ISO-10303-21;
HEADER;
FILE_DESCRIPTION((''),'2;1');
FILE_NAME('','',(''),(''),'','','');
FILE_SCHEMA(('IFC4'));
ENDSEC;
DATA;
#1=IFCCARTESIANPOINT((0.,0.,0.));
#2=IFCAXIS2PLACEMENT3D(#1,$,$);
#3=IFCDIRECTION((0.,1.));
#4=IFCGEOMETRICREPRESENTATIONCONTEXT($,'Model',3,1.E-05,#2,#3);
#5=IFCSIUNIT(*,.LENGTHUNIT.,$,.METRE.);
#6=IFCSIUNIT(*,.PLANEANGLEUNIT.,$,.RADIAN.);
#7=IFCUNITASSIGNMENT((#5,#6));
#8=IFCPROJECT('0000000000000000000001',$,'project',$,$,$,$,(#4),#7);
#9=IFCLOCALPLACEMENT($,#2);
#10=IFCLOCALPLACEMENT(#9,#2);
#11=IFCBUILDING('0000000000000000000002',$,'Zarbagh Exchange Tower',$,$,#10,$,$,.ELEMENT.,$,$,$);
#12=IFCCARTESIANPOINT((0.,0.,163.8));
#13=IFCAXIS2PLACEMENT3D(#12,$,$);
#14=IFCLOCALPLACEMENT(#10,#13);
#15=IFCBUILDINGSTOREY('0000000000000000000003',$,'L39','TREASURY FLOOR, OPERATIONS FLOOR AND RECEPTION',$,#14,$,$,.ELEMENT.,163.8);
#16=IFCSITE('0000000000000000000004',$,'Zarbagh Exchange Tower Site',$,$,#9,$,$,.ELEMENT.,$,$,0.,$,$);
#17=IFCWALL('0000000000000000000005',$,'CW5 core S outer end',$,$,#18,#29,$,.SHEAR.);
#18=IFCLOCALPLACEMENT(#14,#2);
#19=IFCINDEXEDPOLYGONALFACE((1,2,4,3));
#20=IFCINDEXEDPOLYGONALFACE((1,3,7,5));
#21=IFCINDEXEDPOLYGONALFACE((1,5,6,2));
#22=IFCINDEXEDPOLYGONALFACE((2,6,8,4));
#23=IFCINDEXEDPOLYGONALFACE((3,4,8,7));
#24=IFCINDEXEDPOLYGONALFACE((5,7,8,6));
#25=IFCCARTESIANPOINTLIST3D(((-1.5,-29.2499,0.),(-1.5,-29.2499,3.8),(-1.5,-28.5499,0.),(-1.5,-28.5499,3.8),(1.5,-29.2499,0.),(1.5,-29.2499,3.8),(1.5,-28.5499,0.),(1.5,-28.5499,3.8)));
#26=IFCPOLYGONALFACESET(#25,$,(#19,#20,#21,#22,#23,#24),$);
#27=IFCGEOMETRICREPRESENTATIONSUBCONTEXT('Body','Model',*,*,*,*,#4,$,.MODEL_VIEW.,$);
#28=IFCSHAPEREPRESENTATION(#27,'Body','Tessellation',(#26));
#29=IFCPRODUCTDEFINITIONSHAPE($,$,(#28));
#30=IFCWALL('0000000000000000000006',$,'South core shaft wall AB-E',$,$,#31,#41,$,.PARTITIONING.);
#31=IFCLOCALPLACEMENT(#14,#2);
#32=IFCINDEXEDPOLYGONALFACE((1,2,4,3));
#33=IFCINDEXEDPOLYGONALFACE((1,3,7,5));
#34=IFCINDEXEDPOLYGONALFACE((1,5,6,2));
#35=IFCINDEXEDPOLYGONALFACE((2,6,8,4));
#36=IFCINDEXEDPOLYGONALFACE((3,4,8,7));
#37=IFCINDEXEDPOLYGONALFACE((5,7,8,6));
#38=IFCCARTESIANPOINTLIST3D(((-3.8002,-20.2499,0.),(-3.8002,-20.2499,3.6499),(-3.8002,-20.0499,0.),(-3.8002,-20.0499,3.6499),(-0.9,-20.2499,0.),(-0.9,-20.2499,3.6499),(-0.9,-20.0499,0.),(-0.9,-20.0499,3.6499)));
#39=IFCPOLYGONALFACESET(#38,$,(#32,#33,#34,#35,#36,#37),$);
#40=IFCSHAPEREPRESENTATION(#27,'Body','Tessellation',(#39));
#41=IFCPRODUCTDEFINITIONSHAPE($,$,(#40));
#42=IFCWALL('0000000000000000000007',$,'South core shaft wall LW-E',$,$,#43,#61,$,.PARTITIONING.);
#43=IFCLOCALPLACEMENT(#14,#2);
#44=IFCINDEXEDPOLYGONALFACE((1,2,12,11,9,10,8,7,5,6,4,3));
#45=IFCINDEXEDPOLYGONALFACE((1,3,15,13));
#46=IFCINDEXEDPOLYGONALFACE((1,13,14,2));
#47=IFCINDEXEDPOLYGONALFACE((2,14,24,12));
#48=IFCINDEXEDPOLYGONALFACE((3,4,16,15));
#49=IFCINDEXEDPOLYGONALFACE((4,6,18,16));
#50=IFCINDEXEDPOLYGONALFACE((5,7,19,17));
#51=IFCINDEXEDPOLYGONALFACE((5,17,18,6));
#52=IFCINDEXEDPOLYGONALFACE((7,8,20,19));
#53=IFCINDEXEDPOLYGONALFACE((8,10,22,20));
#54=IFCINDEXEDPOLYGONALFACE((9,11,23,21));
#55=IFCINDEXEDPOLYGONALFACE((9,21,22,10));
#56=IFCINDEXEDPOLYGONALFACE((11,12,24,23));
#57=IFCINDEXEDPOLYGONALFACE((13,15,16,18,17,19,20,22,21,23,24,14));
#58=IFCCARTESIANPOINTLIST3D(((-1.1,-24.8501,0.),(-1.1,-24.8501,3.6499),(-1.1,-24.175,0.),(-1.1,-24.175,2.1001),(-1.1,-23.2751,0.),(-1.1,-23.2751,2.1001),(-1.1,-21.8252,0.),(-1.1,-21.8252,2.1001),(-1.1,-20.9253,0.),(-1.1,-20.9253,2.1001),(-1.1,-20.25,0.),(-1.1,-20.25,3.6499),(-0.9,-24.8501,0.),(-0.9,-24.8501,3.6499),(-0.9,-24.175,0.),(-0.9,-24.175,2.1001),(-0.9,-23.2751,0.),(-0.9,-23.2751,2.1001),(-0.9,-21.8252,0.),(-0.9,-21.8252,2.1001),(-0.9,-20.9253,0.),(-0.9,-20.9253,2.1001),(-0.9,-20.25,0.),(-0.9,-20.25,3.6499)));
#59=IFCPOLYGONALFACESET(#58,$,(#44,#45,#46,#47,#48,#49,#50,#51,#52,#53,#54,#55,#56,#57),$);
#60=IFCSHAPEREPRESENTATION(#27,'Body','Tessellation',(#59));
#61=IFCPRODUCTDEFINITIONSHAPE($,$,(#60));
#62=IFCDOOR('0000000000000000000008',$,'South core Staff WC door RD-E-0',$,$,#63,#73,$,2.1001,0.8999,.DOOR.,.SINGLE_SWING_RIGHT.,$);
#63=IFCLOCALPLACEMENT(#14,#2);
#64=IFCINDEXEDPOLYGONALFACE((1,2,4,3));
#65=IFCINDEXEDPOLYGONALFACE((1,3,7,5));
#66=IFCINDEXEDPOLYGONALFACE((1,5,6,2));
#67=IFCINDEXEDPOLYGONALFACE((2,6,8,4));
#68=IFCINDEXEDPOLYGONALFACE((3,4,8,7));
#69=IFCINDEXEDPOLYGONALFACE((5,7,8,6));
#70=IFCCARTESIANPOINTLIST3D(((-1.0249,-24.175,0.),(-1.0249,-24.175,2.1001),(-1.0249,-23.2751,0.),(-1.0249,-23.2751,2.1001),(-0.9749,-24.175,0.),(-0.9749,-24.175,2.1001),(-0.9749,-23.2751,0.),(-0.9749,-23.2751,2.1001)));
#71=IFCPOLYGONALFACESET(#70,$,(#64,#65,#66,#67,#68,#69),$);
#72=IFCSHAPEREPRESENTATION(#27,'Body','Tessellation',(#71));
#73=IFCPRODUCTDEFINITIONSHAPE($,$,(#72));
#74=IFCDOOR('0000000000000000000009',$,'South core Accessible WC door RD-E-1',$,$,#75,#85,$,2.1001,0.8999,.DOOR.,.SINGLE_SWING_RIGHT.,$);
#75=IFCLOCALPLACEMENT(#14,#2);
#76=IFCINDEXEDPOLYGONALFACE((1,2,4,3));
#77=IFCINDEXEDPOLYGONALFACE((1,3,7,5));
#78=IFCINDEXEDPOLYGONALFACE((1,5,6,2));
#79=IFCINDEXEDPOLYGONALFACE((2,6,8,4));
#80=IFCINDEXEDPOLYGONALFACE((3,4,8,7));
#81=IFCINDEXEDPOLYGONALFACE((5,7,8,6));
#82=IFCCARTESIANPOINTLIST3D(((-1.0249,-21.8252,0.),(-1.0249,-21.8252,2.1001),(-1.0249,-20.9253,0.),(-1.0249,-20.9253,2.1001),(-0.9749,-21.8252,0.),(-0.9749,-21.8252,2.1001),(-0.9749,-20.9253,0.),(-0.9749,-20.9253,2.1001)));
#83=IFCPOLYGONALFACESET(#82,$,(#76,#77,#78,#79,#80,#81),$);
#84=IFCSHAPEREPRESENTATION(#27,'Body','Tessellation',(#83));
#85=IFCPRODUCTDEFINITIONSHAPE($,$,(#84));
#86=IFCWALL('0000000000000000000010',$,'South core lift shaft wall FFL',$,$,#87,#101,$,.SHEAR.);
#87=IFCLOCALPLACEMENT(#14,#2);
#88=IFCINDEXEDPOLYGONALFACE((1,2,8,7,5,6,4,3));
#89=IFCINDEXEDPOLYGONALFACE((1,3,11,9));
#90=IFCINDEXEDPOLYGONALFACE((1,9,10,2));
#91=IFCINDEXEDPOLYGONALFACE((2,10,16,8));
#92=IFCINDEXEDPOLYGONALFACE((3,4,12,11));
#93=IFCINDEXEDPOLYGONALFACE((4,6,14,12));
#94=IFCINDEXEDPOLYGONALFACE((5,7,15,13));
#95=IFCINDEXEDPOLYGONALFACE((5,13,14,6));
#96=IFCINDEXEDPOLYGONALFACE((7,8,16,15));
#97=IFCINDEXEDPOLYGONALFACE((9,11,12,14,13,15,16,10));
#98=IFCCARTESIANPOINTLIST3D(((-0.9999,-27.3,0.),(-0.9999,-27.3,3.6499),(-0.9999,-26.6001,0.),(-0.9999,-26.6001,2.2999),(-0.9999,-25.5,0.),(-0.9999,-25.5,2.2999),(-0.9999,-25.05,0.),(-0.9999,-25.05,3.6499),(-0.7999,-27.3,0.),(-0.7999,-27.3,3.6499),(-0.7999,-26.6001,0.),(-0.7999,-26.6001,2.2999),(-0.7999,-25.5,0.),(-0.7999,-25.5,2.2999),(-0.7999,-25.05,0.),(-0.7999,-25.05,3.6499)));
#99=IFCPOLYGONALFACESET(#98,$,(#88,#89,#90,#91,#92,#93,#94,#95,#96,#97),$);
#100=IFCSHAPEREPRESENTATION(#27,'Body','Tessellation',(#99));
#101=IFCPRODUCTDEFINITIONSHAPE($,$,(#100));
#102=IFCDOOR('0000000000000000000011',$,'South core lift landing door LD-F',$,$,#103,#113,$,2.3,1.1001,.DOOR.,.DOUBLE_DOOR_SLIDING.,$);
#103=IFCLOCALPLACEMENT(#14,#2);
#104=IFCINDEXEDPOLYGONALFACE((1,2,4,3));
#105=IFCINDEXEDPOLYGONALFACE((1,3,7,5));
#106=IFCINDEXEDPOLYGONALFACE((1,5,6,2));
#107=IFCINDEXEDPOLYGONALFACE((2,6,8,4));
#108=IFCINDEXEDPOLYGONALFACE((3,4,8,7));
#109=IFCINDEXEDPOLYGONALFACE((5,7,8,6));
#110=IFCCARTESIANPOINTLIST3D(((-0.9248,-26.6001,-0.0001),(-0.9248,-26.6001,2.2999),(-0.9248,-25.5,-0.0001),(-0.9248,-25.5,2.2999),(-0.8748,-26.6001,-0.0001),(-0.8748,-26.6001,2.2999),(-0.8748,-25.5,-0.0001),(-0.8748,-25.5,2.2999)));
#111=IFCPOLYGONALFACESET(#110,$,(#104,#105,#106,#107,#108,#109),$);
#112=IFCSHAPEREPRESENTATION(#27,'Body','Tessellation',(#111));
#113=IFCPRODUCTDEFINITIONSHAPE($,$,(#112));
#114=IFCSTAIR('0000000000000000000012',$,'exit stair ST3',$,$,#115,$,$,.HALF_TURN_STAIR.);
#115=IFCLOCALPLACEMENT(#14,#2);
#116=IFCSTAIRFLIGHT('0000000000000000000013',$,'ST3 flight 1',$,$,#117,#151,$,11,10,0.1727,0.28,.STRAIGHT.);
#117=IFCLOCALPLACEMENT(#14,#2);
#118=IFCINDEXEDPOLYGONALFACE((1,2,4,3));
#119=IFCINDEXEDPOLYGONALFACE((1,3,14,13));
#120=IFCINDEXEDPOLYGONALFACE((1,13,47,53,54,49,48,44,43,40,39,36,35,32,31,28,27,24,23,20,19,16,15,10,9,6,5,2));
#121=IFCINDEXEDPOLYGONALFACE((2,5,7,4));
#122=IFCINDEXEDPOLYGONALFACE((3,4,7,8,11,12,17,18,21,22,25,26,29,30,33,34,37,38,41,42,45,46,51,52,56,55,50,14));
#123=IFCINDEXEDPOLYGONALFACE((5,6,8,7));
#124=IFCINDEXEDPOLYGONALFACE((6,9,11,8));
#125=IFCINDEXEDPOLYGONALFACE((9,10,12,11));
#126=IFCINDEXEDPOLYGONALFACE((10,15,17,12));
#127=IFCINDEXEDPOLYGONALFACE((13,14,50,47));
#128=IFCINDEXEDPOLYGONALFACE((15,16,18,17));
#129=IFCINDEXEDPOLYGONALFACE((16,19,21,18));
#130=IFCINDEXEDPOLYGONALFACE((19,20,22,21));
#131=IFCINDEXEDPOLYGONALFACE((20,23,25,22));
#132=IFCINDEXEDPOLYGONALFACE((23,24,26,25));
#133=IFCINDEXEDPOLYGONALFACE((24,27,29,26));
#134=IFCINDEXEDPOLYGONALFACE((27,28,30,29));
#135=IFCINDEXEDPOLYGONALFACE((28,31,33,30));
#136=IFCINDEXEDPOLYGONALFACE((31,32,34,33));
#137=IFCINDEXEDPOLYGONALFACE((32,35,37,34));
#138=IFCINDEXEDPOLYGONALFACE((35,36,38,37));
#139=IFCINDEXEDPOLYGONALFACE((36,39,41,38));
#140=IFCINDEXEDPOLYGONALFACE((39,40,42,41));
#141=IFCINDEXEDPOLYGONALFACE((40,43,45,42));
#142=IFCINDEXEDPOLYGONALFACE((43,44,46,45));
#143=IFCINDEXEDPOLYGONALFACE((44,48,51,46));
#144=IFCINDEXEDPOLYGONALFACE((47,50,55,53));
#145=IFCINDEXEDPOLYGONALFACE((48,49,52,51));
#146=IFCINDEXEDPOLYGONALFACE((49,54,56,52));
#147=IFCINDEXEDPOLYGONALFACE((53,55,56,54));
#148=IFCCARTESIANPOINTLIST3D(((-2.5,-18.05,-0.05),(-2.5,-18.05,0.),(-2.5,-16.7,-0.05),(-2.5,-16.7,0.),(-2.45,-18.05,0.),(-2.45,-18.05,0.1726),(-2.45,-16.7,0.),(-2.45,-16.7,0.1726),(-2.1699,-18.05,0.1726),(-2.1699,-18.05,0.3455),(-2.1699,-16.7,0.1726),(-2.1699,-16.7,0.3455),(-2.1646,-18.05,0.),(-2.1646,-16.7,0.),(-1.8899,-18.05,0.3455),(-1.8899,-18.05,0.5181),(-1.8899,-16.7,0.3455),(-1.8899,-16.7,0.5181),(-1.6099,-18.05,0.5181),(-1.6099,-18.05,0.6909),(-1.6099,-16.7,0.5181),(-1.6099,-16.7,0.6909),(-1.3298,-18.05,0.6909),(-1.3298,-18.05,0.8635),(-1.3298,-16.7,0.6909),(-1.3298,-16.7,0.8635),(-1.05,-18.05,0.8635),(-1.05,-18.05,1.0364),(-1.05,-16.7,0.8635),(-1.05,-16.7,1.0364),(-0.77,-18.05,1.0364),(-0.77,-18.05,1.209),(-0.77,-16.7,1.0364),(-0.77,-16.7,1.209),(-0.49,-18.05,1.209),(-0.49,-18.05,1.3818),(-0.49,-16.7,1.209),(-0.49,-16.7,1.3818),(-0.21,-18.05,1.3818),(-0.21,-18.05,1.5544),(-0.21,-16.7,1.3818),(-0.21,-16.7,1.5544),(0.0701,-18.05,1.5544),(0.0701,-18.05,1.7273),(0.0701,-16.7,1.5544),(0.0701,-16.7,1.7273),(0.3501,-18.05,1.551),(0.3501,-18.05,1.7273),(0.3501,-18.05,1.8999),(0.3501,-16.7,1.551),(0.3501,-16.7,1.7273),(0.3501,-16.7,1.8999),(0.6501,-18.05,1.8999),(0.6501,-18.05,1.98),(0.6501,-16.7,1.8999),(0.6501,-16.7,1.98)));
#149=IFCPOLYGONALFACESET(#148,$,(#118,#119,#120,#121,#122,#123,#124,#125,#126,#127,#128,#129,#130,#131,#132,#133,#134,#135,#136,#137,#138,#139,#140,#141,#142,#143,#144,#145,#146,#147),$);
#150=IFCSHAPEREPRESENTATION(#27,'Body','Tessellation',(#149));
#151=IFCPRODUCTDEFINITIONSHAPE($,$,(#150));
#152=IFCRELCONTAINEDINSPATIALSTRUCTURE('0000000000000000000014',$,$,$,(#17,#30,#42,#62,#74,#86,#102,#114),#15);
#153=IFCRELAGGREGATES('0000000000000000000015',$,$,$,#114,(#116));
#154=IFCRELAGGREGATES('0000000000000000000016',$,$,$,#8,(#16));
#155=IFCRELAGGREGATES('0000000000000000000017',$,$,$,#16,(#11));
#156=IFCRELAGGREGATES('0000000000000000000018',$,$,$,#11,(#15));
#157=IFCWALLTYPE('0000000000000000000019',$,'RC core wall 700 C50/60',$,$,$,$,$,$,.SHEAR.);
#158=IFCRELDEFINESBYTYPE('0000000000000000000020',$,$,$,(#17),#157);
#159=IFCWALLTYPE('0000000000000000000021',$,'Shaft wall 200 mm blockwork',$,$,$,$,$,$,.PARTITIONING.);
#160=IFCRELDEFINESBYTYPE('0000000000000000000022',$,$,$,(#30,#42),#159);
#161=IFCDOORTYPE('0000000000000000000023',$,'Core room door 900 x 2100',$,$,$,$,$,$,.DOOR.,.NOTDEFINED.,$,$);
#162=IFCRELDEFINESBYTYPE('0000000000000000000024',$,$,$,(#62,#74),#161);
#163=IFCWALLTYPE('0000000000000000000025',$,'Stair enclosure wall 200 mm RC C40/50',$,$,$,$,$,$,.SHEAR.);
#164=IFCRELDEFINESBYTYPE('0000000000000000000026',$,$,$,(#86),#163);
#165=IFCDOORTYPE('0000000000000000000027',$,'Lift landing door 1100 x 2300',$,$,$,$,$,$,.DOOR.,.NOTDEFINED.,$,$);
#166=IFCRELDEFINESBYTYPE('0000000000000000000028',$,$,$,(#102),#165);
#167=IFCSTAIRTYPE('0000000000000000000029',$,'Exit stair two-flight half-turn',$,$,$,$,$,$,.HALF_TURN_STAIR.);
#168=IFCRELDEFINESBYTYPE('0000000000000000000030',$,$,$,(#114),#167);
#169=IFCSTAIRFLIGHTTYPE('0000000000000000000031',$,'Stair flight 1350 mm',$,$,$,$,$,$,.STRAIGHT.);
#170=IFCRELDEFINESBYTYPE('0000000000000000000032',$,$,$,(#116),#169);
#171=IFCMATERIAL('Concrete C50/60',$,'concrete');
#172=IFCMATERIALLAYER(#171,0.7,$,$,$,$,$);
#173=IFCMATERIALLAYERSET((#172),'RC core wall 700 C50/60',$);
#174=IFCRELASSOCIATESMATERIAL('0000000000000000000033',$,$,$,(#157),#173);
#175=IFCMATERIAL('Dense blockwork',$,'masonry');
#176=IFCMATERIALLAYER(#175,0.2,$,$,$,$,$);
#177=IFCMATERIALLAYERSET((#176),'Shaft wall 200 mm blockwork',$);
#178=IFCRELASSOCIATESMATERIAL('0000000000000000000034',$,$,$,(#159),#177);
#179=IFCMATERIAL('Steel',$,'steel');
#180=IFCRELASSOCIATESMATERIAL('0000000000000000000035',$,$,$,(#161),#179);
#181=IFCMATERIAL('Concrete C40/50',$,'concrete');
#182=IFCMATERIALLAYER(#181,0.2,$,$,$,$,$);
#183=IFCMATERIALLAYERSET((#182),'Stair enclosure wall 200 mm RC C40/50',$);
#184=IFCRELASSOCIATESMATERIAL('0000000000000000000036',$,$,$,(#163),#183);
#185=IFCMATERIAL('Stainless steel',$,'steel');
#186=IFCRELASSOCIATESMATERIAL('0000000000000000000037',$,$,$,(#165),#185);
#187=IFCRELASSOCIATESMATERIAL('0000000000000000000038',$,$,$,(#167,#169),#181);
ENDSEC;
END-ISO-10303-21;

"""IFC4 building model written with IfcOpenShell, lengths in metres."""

from ifc_helpers import new_model, si_unit, direction, frame, frame_2d, origin, place, context, subcontext, project, spatial, polyline, rectangle, outline, extrude, material, layer, layer_set, type_object, element, fill, aggregate, save


model = new_model("IFC4")

# Units and contexts
model_context = context("Model", 3, precision=1e-05, world=origin(), true_north=direction((0.0, 1.0)))
body_context = subcontext(model_context, "Body", "Model", "MODEL_VIEW")
ifc_project = project(units=[si_unit("LENGTHUNIT", "METRE"), si_unit("PLANEANGLEUNIT", "RADIAN")], contexts=[model_context])

# Site, building, storey
site_placement = place(None, origin())
site = spatial("IfcSite", under=ifc_project, at=site_placement, Name="Zarbagh Exchange Tower Site", CompositionType="ELEMENT", RefElevation=0.0)
building_placement = place(site_placement, origin())
building = spatial("IfcBuilding", under=site, at=building_placement, Name="Zarbagh Exchange Tower", CompositionType="ELEMENT")
storey_placement = place(building_placement, frame((0.0, 0.0, 163.8)))
storey = spatial("IfcBuildingStorey", under=building, at=storey_placement, Name="L39", Description="TREASURY FLOOR, OPERATIONS FLOOR AND RECEPTION", CompositionType="ELEMENT", Elevation=163.8)

# Shared definitions
ifc_material_1 = material(Name="Concrete C50/60", Category="concrete")

# Shared definitions
ifc_material_2 = material(Name="Concrete C40/50", Category="concrete")

# Shared definitions
ifc_material_3 = material(Name="Dense blockwork", Category="masonry")

# Shared definitions
ifc_layer_1 = layer(ifc_material_1, 0.7)
ifc_layer_set_1 = layer_set([ifc_layer_1], Name="RC core wall 700 C50/60")
wall_type_1 = type_object("IfcWallType", Name="RC core wall 700 C50/60", PredefinedType="SHEAR", material=ifc_layer_set_1)
ifc_material_4 = material(Name="Steel", Category="steel")

# Walls
wall_1_placement = place(storey_placement, frame((-1.5, -28.8999, 0.0), z_axis=(0.0, 0.0, 1.0), x_axis=(1.0, 0.0, 0.0)))
element("IfcWall", 1, at=wall_1_placement, inside=storey, type_object=wall_type_1, Name="CW5 core S outer end", PredefinedType="SHEAR", context=body_context, shape_type="SweptSolid", body=[
    extrude(rectangle(XDim=3.0, YDim=0.7, at=frame_2d((1.5, 0.0))), origin(), (0.0, 0.0, 1.0), 3.8),
])
ifc_layer_2 = layer(ifc_material_3, 0.2)
ifc_layer_set_2 = layer_set([ifc_layer_2], Name="Shaft wall 200 mm blockwork")
wall_type_2 = type_object("IfcWallType", Name="Shaft wall 200 mm blockwork", PredefinedType="PARTITIONING", material=ifc_layer_set_2)
wall_2_placement = place(storey_placement, frame((-0.8999, -20.1499, 0.0), z_axis=(0.0, 0.0, 1.0), x_axis=(-1.0, 0.0, 0.0)))
element("IfcWall", 2, at=wall_2_placement, inside=storey, type_object=wall_type_2, Name="South core shaft wall AB-E", PredefinedType="PARTITIONING", context=body_context, shape_type="SweptSolid", body=[
    extrude(rectangle(XDim=2.9001, YDim=0.2, at=frame_2d((1.4502, 0.0))), origin(), (0.0, 0.0, 1.0), 3.6499),
])

# Wall, openings, doors
wall_3_placement = place(storey_placement, frame((-1.0, -24.8501, 0.0), z_axis=(0.0, 0.0, 1.0), x_axis=(0.0, 1.0, 0.0)))
wall_3 = element("IfcWall", 3, at=wall_3_placement, inside=storey, type_object=wall_type_2, Name="South core shaft wall LW-E", PredefinedType="PARTITIONING", context=body_context, shape_type="SweptSolid", body=[
    extrude(rectangle(XDim=4.6001, YDim=0.2, at=frame_2d((2.3, 0.0))), origin(), (0.0, 0.0, 1.0), 3.6499),
])
opening_1_placement = place(wall_3_placement, frame((0.675, 0.0, 0.0)))
opening_1 = element("IfcOpeningElement", 4, at=opening_1_placement, cuts=wall_3, PredefinedType="OPENING", context=body_context, shape_type="SweptSolid", body=[
    extrude(rectangle(XDim=0.8999, YDim=2.1001, at=frame_2d((0.45, 1.05))), frame((0.0, 0.1099, 0.0), z_axis=(0.0, -1.0, 0.0), x_axis=(1.0, 0.0, 0.0)), (0.0, 0.0, 1.0), 0.22),
])
opening_2_placement = place(wall_3_placement, frame((3.0249, 0.0, 0.0)))
opening_2 = element("IfcOpeningElement", 5, at=opening_2_placement, cuts=wall_3, PredefinedType="OPENING", context=body_context, shape_type="SweptSolid", body=[
    extrude(rectangle(XDim=0.8999, YDim=2.1001, at=frame_2d((0.45, 1.05))), frame((0.0, 0.1099, 0.0), z_axis=(0.0, -1.0, 0.0), x_axis=(1.0, 0.0, 0.0)), (0.0, 0.0, 1.0), 0.22),
])
door_type_1 = type_object("IfcDoorType", Name="Core room door 900 x 2100", OperationType="NOTDEFINED", PredefinedType="DOOR", material=ifc_material_4)
door_1_placement = place(opening_1_placement, origin())
door_1 = element("IfcDoor", 6, at=door_1_placement, inside=storey, type_object=door_type_1, Name="South core Staff WC door RD-E-0", OperationType="SINGLE_SWING_RIGHT", OverallHeight=2.1001, OverallWidth=0.8999, PredefinedType="DOOR", context=body_context, shape_type="SweptSolid", body=[
    extrude(rectangle(XDim=0.8999, YDim=2.1001, at=frame_2d((0.45, 1.05))), frame((0.0, 0.0249, 0.0), z_axis=(0.0, -1.0, 0.0), x_axis=(1.0, 0.0, 0.0)), (0.0, 0.0, 1.0), 0.05),
])
fill(opening_1, door_1)
door_2_placement = place(opening_2_placement, origin())
door_2 = element("IfcDoor", 7, at=door_2_placement, inside=storey, type_object=door_type_1, Name="South core Accessible WC door RD-E-1", OperationType="SINGLE_SWING_RIGHT", OverallHeight=2.1001, OverallWidth=0.8999, PredefinedType="DOOR", context=body_context, shape_type="SweptSolid", body=[
    extrude(rectangle(XDim=0.8999, YDim=2.1001, at=frame_2d((0.45, 1.05))), frame((0.0, 0.0249, 0.0), z_axis=(0.0, -1.0, 0.0), x_axis=(1.0, 0.0, 0.0)), (0.0, 0.0, 1.0), 0.05),
])
fill(opening_2, door_2)

# Wall, opening, door
ifc_layer_3 = layer(ifc_material_2, 0.2)
ifc_layer_set_3 = layer_set([ifc_layer_3], Name="Stair enclosure wall 200 mm RC C40/50")
wall_type_3 = type_object("IfcWallType", Name="Stair enclosure wall 200 mm RC C40/50", PredefinedType="SHEAR", material=ifc_layer_set_3)
wall_4_placement = place(storey_placement, frame((-0.8999, -27.3, 0.0), z_axis=(0.0, 0.0, 1.0), x_axis=(0.0, 1.0, 0.0)))
wall_4 = element("IfcWall", 8, at=wall_4_placement, inside=storey, type_object=wall_type_3, Name="South core lift shaft wall FFL", PredefinedType="SHEAR", context=body_context, shape_type="SweptSolid", body=[
    extrude(rectangle(XDim=2.25, YDim=0.2, at=frame_2d((1.125, 0.0))), origin(), (0.0, 0.0, 1.0), 3.6499),
])
opening_3_placement = place(wall_4_placement, frame((0.7, 0.0, 0.0)))
opening_3 = element("IfcOpeningElement", 9, at=opening_3_placement, cuts=wall_4, PredefinedType="OPENING", context=body_context, shape_type="SweptSolid", body=[
    extrude(rectangle(XDim=1.1001, YDim=2.3, at=frame_2d((0.55, 1.1499))), frame((0.0, 0.1099, 0.0), z_axis=(0.0, -1.0, 0.0), x_axis=(1.0, 0.0, 0.0)), (0.0, 0.0, 1.0), 0.22),
])
ifc_material_5 = material(Name="Stainless steel", Category="steel")
door_type_2 = type_object("IfcDoorType", Name="Lift landing door 1100 x 2300", OperationType="NOTDEFINED", PredefinedType="DOOR", material=ifc_material_5)
door_3_placement = place(opening_3_placement, origin())
door_3 = element("IfcDoor", 10, at=door_3_placement, inside=storey, type_object=door_type_2, Name="South core lift landing door LD-F", OperationType="DOUBLE_DOOR_SLIDING", OverallHeight=2.3, OverallWidth=1.1001, PredefinedType="DOOR", context=body_context, shape_type="SweptSolid", body=[
    extrude(rectangle(XDim=1.1001, YDim=2.3, at=frame_2d((0.55, 1.1499))), frame((0.0, 0.0249, 0.0), z_axis=(0.0, -1.0, 0.0), x_axis=(1.0, 0.0, 0.0)), (0.0, 0.0, 1.0), 0.05),
])
fill(opening_3, door_3)

# Stair, stair flight
stair_type = type_object("IfcStairType", Name="Exit stair two-flight half-turn", PredefinedType="HALF_TURN_STAIR", material=ifc_material_2)
stair_1_placement = place(storey_placement, origin())
stair_1 = element("IfcStair", 11, at=stair_1_placement, inside=storey, type_object=stair_type, Name="exit stair ST3", PredefinedType="HALF_TURN_STAIR")
stair_flight_type_1 = type_object("IfcStairFlightType", Name="Stair flight 1350 mm", PredefinedType="STRAIGHT", material=ifc_material_2)
stair_flight_1_placement = place(storey_placement, frame((-2.45, -17.375, 0.0), z_axis=(0.0, 0.0, 1.0), x_axis=(1.0, 0.0, 0.0)))
stair_flight_1 = element("IfcStairFlight", 12, at=stair_flight_1_placement, type_object=stair_flight_type_1, Name="ST3 flight 1", NumberOfRisers=11, NumberOfTreads=10, PredefinedType="STRAIGHT", RiserHeight=0.1727, TreadLength=0.28, context=body_context, shape_type="SweptSolid", body=[
    extrude(outline(polyline([(-0.05, -0.05), (-0.05, 0.0), (0.0, 0.0), (0.0, 0.1726), (0.28, 0.1726), (0.28, 0.3455), (0.5601, 0.3455), (0.5601, 0.5181), (0.8401, 0.5181), (0.8401, 0.6909), (1.1201, 0.6909), (1.1201, 0.8635), (1.3999, 0.8635), (1.3999, 1.0364), (1.6799, 1.0364), (1.6799, 1.209), (1.96, 1.209), (1.96, 1.3818), (2.24, 1.3818), (2.24, 1.5544), (2.52, 1.5544), (2.52, 1.7273), (2.8, 1.7273), (2.8, 1.8999), (3.1001, 1.98), (3.1001, 1.8999), (2.8, 1.551), (0.2854, 0.0), (-0.05, -0.05)])), frame((0.0, 0.675, 0.0), z_axis=(0.0, -1.0, 0.0), x_axis=(1.0, 0.0, 0.0)), (0.0, 0.0, 1.0), 1.3501),
])
aggregate(stair_1, [stair_flight_1])

save(model, "model.ifc")
